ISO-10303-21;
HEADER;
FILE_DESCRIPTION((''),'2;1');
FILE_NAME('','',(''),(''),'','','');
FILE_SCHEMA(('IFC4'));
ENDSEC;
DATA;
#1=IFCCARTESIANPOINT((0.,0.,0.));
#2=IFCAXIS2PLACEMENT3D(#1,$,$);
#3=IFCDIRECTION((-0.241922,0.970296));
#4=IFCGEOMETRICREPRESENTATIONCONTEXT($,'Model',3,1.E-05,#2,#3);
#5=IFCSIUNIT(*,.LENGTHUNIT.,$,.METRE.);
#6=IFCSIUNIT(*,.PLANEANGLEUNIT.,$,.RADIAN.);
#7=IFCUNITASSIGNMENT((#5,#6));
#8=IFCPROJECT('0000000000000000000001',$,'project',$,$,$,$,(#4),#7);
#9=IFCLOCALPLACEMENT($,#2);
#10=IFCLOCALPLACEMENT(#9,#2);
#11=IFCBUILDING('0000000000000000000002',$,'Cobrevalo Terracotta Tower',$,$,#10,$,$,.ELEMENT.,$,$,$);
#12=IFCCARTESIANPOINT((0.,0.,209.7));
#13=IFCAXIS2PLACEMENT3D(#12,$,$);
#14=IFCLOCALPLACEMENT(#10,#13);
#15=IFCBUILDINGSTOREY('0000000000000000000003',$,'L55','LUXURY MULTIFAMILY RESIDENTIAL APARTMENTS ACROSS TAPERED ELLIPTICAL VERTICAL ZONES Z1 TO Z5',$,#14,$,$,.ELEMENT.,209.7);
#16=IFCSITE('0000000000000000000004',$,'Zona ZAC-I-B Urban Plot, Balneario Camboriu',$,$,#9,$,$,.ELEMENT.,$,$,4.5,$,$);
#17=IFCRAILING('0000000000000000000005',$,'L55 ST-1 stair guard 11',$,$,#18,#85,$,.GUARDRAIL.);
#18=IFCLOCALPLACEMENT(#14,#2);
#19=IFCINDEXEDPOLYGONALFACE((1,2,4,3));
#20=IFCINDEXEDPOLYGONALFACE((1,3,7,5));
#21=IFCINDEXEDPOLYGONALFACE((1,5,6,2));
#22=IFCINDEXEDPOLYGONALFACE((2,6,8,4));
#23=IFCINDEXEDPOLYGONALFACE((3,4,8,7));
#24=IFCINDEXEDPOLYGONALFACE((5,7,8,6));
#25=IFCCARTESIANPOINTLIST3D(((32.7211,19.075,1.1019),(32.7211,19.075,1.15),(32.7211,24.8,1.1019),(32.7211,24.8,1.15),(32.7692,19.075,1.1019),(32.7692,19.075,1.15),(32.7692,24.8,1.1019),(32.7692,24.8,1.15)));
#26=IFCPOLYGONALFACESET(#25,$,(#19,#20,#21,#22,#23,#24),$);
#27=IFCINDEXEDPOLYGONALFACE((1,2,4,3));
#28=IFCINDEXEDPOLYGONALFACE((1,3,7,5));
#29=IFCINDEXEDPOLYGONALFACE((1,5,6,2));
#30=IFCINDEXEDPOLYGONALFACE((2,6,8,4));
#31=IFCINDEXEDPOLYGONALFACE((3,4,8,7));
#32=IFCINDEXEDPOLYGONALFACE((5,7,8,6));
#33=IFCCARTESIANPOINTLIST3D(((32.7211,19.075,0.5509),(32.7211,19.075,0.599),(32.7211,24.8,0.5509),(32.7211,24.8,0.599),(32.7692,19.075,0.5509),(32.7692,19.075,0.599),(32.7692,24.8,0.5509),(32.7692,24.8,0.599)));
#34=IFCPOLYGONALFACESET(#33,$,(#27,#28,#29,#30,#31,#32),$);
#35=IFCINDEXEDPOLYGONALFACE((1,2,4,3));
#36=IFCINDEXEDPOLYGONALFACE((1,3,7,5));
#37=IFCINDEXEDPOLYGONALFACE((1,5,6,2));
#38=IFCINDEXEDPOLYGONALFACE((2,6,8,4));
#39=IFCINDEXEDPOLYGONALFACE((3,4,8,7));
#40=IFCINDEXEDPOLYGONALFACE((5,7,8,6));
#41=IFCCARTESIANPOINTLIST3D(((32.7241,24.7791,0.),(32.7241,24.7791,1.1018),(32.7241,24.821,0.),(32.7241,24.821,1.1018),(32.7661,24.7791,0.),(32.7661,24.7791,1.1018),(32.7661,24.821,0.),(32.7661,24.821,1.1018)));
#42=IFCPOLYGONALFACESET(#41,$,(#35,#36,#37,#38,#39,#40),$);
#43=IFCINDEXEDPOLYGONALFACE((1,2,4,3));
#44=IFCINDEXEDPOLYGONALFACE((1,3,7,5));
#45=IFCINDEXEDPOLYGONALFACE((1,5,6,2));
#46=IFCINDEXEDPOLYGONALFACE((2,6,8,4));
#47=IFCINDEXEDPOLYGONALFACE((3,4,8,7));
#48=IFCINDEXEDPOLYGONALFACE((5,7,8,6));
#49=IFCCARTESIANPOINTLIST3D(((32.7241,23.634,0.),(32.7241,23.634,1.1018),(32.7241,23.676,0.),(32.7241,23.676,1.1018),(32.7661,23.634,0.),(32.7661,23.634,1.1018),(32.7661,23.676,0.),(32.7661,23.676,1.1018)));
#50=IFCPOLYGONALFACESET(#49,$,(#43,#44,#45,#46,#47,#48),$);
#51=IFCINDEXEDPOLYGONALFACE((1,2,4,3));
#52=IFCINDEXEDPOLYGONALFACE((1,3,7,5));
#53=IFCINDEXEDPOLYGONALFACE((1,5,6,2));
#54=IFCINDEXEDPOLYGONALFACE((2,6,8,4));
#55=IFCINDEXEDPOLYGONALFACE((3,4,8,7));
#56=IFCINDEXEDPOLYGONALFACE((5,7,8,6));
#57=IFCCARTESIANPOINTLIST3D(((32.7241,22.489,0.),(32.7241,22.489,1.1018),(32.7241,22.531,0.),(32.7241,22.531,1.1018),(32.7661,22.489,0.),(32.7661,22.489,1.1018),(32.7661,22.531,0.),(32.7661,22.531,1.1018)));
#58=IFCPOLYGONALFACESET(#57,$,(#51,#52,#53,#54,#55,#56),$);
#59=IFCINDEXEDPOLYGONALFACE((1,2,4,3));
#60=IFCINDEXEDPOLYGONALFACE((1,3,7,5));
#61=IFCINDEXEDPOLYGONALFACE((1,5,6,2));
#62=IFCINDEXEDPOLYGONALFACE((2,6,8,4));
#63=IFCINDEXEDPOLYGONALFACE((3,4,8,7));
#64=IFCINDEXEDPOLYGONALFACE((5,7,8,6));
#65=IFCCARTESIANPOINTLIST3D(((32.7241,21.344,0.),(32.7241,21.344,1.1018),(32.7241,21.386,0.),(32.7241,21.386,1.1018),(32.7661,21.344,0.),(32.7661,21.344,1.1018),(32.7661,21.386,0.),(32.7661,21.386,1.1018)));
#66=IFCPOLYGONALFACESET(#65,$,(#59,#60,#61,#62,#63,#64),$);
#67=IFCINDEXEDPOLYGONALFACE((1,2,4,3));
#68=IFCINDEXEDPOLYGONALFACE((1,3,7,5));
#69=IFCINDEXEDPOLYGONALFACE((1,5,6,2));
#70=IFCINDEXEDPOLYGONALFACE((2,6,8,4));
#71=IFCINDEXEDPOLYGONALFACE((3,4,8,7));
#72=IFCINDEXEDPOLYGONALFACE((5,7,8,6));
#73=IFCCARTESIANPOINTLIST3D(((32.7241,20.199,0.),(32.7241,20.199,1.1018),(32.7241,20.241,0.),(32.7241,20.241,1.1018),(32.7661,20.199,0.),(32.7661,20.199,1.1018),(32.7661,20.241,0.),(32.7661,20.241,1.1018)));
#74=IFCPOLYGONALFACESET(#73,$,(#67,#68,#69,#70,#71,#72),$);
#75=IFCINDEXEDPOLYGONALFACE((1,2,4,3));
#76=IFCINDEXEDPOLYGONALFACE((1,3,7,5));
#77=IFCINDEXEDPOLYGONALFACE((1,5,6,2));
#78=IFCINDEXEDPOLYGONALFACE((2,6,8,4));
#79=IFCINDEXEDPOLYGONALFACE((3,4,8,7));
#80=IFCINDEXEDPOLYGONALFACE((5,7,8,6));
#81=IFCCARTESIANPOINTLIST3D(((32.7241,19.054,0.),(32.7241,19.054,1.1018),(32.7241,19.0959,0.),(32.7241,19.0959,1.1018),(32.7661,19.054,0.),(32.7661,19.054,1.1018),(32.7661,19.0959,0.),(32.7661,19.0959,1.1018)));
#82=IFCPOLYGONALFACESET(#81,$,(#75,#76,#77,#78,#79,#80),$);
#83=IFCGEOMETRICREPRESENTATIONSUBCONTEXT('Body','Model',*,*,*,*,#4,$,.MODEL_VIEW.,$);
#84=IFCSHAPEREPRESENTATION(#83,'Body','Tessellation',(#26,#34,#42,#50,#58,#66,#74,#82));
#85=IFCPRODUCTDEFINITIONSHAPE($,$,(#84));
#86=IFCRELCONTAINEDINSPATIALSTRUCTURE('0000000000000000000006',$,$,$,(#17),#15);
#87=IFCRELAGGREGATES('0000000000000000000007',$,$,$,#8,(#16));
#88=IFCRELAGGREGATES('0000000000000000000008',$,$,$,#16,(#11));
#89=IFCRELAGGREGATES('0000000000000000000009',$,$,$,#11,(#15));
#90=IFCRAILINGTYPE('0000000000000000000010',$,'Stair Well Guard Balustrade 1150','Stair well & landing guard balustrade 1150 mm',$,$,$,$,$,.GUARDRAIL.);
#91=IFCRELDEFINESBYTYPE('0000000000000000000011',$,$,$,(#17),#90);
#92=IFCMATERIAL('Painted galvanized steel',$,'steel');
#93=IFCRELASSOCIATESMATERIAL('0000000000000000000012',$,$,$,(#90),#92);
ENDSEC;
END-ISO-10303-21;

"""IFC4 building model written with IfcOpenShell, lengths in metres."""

from ifc_helpers import new_model, si_unit, direction, frame, origin, origin_2d, place, context, subcontext, project, spatial, rectangle, extrude, material, type_object, element, save


model = new_model("IFC4")

# Units and contexts
model_context = context("Model", 3, precision=1e-05, world=origin(), true_north=direction((-0.241922, 0.970296)))
body_context = subcontext(model_context, "Body", "Model", "MODEL_VIEW")
ifc_project = project(units=[si_unit("LENGTHUNIT", "METRE"), si_unit("PLANEANGLEUNIT", "RADIAN")], contexts=[model_context])

# Site, building, storey
site_placement = place(None, origin())
site = spatial("IfcSite", under=ifc_project, at=site_placement, Name="Zona ZAC-I-B Urban Plot, Balneario Camboriu", CompositionType="ELEMENT", RefElevation=4.5)
building_placement = place(site_placement, origin())
building = spatial("IfcBuilding", under=site, at=building_placement, Name="Cobrevalo Terracotta Tower", CompositionType="ELEMENT")
storey_placement = place(building_placement, frame((0.0, 0.0, 209.7)))
storey = spatial("IfcBuildingStorey", under=building, at=storey_placement, Name="L55", Description="LUXURY MULTIFAMILY RESIDENTIAL APARTMENTS ACROSS TAPERED ELLIPTICAL VERTICAL ZONES Z1 TO Z5", CompositionType="ELEMENT", Elevation=209.7)

# Railing
ifc_material_1 = material(Name="Painted galvanized steel", Category="steel")
railing_type_1 = type_object("IfcRailingType", Name="Stair Well Guard Balustrade 1150", Description="Stair well & landing guard balustrade 1150 mm", PredefinedType="GUARDRAIL", material=ifc_material_1)
for number, where, name in (
    (1, (32.7451, 24.8, 0.0), "L55 ST-1 stair guard 11"),
):
    element("IfcRailing", number, at=place(storey_placement, frame(where)), inside=storey, type_object=railing_type_1, Name=name, PredefinedType="GUARDRAIL", context=body_context, shape_type="SweptSolid", body=[
        extrude(rectangle(XDim=0.0481, YDim=0.0481, at=origin_2d()), frame((0.0, 0.0, 1.126), z_axis=(0.0, -1.0, 0.0), x_axis=(1.0, 0.0, 0.0)), (0.0, 0.0, 1.0), 5.7251),
        extrude(rectangle(XDim=0.0481, YDim=0.0481, at=origin_2d()), frame((0.0, 0.0, 0.575), z_axis=(0.0, -1.0, 0.0), x_axis=(1.0, 0.0, 0.0)), (0.0, 0.0, 1.0), 5.7251),
        extrude(rectangle(XDim=0.042, YDim=0.042, at=origin_2d()), origin(), (0.0, 0.0, 1.0), 1.1018),
        extrude(rectangle(XDim=0.042, YDim=0.042, at=origin_2d()), frame((0.0, -1.145, 0.0)), (0.0, 0.0, 1.0), 1.1018),
        extrude(rectangle(XDim=0.042, YDim=0.042, at=origin_2d()), frame((0.0, -2.29, 0.0)), (0.0, 0.0, 1.0), 1.1018),
        extrude(rectangle(XDim=0.042, YDim=0.042, at=origin_2d()), frame((0.0, -3.4351, 0.0)), (0.0, 0.0, 1.0), 1.1018),
        extrude(rectangle(XDim=0.042, YDim=0.042, at=origin_2d()), frame((0.0, -4.5801, 0.0)), (0.0, 0.0, 1.0), 1.1018),
        extrude(rectangle(XDim=0.042, YDim=0.042, at=origin_2d()), frame((0.0, -5.7251, 0.0)), (0.0, 0.0, 1.0), 1.1018),
    ])

save(model, "model.ifc")
